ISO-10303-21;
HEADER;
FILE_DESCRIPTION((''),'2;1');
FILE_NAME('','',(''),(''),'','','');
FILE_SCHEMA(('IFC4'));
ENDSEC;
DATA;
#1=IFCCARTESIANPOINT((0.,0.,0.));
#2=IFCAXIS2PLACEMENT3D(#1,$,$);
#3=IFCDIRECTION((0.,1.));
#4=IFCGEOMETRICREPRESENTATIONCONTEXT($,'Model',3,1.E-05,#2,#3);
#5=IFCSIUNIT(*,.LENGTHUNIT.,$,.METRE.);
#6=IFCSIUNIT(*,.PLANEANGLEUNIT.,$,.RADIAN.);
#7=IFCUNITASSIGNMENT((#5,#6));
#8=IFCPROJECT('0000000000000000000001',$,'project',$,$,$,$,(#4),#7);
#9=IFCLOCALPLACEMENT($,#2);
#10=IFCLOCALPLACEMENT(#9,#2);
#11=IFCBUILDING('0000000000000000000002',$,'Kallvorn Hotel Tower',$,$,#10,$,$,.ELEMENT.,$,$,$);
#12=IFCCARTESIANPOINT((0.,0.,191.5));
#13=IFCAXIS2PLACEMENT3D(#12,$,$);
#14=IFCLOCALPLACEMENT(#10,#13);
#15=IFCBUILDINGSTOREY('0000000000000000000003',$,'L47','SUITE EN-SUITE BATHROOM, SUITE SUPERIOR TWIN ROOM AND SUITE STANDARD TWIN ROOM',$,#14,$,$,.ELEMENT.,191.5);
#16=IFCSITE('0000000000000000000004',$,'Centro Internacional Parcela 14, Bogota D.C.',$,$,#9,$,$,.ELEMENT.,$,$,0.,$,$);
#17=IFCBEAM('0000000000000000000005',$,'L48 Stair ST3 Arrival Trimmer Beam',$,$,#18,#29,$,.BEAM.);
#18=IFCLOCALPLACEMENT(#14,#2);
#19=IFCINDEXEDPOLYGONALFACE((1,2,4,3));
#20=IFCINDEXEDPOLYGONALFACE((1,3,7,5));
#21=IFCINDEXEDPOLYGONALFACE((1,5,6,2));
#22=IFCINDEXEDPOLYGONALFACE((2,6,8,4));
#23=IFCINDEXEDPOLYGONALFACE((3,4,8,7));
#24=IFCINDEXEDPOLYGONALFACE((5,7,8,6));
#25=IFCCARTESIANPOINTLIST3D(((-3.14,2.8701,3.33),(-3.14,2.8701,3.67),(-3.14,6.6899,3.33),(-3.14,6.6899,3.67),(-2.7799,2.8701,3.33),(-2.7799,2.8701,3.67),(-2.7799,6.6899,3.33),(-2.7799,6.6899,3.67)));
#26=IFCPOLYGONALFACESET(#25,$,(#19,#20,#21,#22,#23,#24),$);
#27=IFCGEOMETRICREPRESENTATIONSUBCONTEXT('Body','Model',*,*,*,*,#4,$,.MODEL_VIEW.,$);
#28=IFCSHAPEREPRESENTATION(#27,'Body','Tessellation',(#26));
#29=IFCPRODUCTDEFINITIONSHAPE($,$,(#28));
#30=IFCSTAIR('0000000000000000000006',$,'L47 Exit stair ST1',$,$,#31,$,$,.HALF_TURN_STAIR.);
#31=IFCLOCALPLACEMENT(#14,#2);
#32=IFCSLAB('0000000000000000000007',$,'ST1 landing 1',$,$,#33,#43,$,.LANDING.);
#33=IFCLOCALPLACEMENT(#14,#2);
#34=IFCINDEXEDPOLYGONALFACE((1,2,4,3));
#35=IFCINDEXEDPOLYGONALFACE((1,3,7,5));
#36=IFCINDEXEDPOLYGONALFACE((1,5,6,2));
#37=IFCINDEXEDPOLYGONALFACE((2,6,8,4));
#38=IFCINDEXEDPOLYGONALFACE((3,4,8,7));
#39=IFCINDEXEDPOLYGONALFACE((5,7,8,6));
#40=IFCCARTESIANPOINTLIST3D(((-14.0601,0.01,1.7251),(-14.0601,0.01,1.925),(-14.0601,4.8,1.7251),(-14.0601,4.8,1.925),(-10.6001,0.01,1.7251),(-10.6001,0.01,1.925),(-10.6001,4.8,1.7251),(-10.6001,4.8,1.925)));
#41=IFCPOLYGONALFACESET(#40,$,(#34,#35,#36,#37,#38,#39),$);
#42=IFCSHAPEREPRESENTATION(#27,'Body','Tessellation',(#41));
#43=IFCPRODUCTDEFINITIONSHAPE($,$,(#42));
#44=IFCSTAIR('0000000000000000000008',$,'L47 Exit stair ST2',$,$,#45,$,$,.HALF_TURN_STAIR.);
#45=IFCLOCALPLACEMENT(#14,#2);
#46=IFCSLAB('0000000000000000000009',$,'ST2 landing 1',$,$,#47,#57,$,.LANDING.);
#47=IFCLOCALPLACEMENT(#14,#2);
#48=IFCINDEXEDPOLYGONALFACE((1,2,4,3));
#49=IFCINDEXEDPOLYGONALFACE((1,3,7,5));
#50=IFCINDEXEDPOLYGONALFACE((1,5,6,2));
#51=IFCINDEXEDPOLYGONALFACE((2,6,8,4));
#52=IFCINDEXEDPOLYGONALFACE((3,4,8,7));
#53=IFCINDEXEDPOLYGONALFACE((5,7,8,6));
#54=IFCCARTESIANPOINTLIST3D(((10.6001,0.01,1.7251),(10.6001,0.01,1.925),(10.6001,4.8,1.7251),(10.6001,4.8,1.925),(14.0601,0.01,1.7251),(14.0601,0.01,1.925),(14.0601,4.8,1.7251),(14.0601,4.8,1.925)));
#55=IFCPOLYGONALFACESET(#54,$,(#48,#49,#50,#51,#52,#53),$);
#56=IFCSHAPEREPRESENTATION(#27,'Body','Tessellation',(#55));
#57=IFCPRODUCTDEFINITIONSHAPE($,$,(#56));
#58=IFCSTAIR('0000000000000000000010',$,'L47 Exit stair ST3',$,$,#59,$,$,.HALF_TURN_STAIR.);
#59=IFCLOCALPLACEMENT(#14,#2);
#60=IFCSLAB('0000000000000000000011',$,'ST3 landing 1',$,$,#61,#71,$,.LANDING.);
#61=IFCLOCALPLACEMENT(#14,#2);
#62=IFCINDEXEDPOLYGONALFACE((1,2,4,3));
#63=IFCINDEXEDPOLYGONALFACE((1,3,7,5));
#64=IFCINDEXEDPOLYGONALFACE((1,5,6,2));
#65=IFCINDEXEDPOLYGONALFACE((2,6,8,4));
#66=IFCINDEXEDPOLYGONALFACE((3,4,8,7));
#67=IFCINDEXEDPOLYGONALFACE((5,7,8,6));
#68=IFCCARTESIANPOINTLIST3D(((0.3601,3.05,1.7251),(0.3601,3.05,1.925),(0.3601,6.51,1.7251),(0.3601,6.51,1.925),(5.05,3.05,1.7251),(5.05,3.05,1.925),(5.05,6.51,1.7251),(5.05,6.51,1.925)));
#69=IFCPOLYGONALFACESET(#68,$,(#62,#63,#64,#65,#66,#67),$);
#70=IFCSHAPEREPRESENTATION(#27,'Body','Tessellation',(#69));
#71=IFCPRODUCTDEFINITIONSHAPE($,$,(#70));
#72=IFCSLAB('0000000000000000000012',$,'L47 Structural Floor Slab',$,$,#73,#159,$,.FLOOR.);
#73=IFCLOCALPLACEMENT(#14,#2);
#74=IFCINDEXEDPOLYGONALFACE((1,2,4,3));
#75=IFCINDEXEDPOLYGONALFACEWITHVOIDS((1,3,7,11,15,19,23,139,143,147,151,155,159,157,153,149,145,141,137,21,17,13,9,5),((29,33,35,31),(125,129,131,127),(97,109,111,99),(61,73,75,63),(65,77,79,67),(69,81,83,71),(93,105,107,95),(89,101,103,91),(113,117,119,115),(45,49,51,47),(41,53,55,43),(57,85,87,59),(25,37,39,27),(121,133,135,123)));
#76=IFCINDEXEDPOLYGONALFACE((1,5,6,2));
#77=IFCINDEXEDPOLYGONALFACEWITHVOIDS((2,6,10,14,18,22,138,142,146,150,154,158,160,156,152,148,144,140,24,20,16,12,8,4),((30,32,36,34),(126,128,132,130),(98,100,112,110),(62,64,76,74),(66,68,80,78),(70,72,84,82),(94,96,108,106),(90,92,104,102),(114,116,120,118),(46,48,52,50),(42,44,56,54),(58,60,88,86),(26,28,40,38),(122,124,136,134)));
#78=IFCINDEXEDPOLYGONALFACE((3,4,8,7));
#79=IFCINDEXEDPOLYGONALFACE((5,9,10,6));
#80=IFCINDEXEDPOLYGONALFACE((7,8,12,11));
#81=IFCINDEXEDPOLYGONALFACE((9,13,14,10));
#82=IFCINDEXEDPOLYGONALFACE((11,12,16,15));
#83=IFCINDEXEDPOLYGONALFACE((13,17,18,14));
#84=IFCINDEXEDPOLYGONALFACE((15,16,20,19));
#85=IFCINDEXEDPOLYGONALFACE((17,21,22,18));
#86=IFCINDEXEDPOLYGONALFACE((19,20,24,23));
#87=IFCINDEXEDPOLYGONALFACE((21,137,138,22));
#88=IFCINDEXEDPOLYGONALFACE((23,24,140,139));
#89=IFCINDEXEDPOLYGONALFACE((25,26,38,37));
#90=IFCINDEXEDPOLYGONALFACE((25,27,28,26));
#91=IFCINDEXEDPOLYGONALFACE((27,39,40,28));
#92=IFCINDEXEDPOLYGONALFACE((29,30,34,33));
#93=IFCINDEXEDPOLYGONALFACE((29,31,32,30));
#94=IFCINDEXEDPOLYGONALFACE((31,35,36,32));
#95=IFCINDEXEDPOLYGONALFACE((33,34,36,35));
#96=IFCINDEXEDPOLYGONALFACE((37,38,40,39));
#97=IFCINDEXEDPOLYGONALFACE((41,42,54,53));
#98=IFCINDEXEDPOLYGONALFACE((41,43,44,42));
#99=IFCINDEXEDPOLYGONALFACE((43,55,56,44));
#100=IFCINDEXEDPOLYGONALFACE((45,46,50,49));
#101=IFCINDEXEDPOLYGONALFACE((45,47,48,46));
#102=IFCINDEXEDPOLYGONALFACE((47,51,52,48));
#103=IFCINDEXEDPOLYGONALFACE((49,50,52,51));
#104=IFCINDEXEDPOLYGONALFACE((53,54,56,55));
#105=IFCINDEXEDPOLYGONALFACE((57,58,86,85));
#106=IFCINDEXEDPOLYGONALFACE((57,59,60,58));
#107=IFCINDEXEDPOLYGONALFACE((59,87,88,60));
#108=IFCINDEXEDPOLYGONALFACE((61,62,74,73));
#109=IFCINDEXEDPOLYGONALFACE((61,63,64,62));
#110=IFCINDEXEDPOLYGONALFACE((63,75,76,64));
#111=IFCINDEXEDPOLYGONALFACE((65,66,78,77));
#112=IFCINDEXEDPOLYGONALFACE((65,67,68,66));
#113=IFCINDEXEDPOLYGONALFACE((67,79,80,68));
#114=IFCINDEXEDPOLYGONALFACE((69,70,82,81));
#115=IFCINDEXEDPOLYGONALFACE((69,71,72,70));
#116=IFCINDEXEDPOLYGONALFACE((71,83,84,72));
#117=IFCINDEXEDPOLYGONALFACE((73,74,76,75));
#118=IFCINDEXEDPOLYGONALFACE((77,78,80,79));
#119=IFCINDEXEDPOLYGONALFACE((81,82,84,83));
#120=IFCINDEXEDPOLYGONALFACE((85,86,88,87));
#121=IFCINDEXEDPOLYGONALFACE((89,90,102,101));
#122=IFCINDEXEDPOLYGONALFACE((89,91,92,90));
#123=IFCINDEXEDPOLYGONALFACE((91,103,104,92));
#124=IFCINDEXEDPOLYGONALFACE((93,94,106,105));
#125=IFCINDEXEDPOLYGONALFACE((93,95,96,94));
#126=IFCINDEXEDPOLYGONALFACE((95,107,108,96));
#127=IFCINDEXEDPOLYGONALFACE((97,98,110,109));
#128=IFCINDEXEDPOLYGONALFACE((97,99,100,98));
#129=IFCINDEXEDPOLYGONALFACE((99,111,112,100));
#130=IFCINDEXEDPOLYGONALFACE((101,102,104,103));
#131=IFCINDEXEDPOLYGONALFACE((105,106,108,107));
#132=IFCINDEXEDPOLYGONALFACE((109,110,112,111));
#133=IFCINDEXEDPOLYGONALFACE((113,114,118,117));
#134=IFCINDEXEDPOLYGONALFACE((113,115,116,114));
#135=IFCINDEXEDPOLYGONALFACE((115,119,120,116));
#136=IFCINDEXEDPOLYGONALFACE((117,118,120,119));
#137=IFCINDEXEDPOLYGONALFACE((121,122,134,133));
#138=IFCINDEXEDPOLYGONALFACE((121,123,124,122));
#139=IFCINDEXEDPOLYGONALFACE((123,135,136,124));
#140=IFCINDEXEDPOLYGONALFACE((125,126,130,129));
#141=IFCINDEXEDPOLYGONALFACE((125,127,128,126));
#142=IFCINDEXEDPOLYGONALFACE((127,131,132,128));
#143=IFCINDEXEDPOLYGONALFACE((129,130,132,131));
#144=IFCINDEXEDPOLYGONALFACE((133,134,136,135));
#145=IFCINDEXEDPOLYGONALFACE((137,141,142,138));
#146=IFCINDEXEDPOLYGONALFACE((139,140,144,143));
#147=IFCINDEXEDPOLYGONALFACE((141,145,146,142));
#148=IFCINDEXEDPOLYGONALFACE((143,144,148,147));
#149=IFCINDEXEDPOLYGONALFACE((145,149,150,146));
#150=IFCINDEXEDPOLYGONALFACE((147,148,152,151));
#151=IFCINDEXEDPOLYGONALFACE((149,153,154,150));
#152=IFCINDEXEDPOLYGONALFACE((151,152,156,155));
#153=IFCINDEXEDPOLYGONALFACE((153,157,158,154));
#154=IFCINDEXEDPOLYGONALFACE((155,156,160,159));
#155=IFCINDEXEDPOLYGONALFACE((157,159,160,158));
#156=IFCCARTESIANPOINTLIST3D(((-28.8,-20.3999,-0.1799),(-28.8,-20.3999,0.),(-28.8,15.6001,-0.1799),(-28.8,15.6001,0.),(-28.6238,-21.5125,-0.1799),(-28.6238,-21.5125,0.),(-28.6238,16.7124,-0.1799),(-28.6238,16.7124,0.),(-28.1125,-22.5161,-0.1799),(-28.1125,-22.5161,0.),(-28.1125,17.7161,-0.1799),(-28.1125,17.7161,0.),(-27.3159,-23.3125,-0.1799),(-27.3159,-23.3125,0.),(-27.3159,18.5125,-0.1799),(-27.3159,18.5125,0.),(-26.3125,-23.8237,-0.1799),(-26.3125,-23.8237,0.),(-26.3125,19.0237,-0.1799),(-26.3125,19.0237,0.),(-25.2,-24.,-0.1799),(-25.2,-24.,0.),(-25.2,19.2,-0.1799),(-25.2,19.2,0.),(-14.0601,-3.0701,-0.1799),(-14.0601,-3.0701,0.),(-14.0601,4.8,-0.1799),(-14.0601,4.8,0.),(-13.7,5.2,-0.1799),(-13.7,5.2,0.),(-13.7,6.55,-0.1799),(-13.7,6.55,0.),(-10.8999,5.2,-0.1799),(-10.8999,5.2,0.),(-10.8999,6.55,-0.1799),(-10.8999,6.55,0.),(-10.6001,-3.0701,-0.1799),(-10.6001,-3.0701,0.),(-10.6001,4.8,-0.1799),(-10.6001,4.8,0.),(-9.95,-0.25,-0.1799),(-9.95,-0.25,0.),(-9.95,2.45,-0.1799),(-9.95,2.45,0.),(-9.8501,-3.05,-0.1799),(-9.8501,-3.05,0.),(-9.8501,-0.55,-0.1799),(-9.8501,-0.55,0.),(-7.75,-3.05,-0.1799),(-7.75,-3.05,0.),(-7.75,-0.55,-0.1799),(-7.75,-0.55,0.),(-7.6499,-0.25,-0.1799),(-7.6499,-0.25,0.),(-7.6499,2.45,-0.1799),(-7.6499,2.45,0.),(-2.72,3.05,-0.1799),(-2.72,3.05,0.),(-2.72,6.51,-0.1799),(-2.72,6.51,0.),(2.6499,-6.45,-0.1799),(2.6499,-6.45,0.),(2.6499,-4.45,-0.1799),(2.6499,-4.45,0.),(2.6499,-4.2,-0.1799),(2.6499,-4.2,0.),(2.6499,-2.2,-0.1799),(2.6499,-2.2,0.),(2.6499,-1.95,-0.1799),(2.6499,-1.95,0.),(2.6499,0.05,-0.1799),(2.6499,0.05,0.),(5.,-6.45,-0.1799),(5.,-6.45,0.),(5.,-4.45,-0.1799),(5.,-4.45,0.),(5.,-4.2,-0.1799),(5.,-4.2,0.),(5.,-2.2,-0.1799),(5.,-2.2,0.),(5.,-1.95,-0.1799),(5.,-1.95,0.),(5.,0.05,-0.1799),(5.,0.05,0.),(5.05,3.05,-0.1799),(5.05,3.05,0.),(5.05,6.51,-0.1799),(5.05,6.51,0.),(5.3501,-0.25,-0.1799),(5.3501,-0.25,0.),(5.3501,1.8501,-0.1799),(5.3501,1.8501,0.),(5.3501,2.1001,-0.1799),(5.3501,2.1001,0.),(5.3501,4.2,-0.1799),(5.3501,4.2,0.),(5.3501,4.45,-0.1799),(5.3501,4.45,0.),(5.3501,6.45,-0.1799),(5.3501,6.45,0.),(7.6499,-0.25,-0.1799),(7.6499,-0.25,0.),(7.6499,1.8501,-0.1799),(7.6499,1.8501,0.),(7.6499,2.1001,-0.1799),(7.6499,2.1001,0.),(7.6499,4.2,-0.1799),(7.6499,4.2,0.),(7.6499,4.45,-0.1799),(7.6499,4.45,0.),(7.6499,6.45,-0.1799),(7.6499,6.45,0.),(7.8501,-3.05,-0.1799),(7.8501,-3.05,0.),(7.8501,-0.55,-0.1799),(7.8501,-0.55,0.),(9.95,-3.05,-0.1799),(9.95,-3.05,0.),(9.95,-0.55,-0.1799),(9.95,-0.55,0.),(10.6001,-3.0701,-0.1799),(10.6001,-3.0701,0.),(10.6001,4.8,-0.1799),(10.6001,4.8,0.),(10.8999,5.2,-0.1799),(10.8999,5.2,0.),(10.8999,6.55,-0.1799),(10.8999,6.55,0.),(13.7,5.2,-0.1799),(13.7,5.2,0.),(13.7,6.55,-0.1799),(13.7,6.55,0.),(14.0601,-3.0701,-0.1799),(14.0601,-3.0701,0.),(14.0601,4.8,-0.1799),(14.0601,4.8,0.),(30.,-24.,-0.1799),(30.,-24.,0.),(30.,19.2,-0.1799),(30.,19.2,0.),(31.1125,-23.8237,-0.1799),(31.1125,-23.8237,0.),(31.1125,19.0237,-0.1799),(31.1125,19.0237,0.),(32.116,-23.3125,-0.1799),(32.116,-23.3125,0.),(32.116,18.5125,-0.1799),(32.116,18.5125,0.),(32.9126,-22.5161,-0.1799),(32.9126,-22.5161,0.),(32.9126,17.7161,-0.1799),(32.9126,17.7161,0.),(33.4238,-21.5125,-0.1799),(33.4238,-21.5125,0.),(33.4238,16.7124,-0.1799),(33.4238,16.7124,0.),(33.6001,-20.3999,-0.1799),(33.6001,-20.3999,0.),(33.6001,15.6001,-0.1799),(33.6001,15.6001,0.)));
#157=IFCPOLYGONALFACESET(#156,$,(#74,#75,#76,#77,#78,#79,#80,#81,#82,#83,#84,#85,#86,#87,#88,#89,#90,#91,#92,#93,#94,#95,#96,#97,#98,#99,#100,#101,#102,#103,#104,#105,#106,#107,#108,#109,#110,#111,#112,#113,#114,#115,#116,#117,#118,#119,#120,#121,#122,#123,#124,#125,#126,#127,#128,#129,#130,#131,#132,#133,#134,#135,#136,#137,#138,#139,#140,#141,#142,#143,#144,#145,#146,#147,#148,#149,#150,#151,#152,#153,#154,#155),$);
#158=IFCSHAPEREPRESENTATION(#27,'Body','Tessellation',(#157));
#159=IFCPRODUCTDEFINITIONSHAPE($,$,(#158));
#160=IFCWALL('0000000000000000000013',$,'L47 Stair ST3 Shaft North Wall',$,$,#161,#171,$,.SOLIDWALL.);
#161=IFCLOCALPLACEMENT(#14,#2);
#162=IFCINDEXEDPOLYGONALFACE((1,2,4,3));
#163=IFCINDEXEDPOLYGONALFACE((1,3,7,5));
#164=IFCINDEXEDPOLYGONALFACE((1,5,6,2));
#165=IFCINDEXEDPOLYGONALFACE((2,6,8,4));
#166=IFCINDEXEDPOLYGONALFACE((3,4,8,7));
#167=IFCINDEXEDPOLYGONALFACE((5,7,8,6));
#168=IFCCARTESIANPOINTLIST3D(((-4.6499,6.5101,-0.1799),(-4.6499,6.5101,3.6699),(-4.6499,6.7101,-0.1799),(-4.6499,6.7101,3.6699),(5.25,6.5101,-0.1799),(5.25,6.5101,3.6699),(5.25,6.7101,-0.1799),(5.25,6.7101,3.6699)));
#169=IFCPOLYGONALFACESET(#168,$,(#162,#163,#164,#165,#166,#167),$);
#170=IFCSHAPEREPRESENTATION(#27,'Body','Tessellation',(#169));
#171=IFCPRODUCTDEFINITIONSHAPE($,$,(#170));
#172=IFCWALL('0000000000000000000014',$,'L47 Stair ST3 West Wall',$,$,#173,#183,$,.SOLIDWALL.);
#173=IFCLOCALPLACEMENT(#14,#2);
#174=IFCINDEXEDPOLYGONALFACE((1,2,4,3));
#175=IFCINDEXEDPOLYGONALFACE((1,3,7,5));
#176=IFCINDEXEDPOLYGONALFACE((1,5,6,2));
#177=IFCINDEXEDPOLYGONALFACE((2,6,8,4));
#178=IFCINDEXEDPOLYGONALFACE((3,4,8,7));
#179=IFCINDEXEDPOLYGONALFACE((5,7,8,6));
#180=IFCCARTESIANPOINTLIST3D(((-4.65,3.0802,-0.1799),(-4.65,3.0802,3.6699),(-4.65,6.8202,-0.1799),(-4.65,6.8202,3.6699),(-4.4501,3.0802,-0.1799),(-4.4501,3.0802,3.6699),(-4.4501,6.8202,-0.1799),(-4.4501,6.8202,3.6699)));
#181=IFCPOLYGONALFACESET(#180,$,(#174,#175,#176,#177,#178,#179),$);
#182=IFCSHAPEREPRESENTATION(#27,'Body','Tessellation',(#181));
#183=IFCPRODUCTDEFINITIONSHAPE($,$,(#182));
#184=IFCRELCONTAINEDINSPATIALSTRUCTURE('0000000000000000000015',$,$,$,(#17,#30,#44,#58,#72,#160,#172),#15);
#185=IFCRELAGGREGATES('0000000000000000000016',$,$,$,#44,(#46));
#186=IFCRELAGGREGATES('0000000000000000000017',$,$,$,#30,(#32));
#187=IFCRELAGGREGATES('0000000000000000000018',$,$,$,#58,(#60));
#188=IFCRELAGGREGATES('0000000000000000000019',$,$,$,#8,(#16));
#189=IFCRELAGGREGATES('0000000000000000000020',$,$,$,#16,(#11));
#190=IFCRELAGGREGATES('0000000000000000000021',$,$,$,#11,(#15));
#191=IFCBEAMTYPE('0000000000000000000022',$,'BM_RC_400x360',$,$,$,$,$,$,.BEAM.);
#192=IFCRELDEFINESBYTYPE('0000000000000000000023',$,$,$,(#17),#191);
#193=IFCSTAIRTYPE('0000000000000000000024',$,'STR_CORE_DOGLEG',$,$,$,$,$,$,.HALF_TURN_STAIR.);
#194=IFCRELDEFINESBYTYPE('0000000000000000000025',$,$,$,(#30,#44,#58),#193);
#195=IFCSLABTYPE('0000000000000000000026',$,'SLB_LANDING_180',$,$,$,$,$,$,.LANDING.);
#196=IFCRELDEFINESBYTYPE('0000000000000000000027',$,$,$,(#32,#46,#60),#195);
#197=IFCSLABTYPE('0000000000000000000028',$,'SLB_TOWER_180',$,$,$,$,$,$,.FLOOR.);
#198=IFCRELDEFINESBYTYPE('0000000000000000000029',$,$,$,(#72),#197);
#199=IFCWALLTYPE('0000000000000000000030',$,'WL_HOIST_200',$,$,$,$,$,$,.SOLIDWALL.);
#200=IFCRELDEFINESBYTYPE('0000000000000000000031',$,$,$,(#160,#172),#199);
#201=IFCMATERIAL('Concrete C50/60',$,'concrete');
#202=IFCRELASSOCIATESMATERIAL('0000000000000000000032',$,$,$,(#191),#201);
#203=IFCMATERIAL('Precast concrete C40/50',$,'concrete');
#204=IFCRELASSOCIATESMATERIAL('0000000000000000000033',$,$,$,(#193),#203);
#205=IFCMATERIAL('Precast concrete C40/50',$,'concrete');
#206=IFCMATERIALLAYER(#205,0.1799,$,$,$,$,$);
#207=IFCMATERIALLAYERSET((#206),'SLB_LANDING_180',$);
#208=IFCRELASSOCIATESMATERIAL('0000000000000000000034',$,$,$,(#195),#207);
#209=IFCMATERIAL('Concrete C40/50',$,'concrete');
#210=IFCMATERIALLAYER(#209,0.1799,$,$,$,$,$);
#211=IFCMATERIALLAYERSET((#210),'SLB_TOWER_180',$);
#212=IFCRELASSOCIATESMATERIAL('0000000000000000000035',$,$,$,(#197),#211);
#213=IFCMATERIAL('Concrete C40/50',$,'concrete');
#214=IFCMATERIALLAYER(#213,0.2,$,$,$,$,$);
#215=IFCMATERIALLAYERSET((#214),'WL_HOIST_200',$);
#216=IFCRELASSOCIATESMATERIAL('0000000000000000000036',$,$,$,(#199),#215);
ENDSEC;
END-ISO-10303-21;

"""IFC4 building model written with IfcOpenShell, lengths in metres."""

from ifc_helpers import new_model, si_unit, direction, frame, frame_2d, origin, origin_2d, place, context, subcontext, project, spatial, polyline, rectangle, outline, extrude, material, layer, layer_set, material_profile, profile_set, type_object, element, aggregate, save


model = new_model("IFC4")

# Units and contexts
model_context = context("Model", 3, precision=1e-05, world=origin(), true_north=direction((0.0, 1.0)))
body_context = subcontext(model_context, "Body", "Model", "MODEL_VIEW")
ifc_project = project(units=[si_unit("LENGTHUNIT", "METRE"), si_unit("PLANEANGLEUNIT", "RADIAN")], contexts=[model_context])

# Site, building, storey
site_placement = place(None, origin())
site = spatial("IfcSite", under=ifc_project, at=site_placement, Name="Centro Internacional Parcela 14, Bogota D.C.", CompositionType="ELEMENT", RefElevation=0.0)
building_placement = place(site_placement, origin())
building = spatial("IfcBuilding", under=site, at=building_placement, Name="Kallvorn Hotel Tower", CompositionType="ELEMENT")
storey_placement = place(building_placement, frame((0.0, 0.0, 191.5)))
storey = spatial("IfcBuildingStorey", under=building, at=storey_placement, Name="L47", Description="SUITE EN-SUITE BATHROOM, SUITE SUPERIOR TWIN ROOM AND SUITE STANDARD TWIN ROOM", CompositionType="ELEMENT", Elevation=191.5)

# Beam
ifc_material_1 = material(Name="Concrete C50/60", Category="concrete")
ifc_material_profile = material_profile(ifc_material_1, rectangle(XDim=0.3601, YDim=0.3401, at=origin_2d()), Name="RC 360x340")
ifc_profile_set = profile_set([ifc_material_profile], Name="Concrete C50/60")
beam_type = type_object("IfcBeamType", Name="BM_RC_400x360", PredefinedType="BEAM", material=ifc_profile_set)
beam_placement = place(storey_placement, frame((-2.96, 2.8701, 3.5), z_axis=(0.0, 1.0, 0.0), x_axis=(-1.0, 0.0, 0.0)))
element("IfcBeam", 1, at=beam_placement, inside=storey, type_object=beam_type, Name="L48 Stair ST3 Arrival Trimmer Beam", PredefinedType="BEAM", context=body_context, shape_type="SweptSolid", body=[
    extrude(rectangle(XDim=0.3601, YDim=0.3401, at=origin_2d()), origin(), (0.0, 0.0, 1.0), 3.8198),
])

# Stairs, slabs
ifc_material_2 = material(Name="Precast concrete C40/50", Category="concrete")
stair_type = type_object("IfcStairType", Name="STR_CORE_DOGLEG", PredefinedType="HALF_TURN_STAIR", material=ifc_material_2)
stair_1_placement = place(storey_placement, origin())
stair_1 = element("IfcStair", 2, at=stair_1_placement, inside=storey, type_object=stair_type, Name="L47 Exit stair ST1", PredefinedType="HALF_TURN_STAIR")
ifc_material_3 = material(Name="Precast concrete C40/50", Category="concrete")
ifc_layer_1 = layer(ifc_material_3, 0.1799)
ifc_layer_set_1 = layer_set([ifc_layer_1], Name="SLB_LANDING_180")
slab_type_1 = type_object("IfcSlabType", Name="SLB_LANDING_180", PredefinedType="LANDING", material=ifc_layer_set_1)
slab_1_placement = place(storey_placement, frame((0.0, 0.0, 1.7251)))
slab_1 = element("IfcSlab", 3, at=slab_1_placement, type_object=slab_type_1, Name="ST1 landing 1", PredefinedType="LANDING", context=body_context, shape_type="SweptSolid", body=[
    extrude(outline(polyline([(-10.6001, 0.01), (-10.6001, 4.8), (-14.0601, 4.8), (-14.0601, 0.01), (-10.6001, 0.01)])), origin(), (0.0, 0.0, 1.0), 0.2),
])
stair_2_placement = place(storey_placement, origin())
stair_2 = element("IfcStair", 4, at=stair_2_placement, inside=storey, type_object=stair_type, Name="L47 Exit stair ST2", PredefinedType="HALF_TURN_STAIR")
slab_2_placement = place(storey_placement, frame((0.0, 0.0, 1.7251)))
slab_2 = element("IfcSlab", 5, at=slab_2_placement, type_object=slab_type_1, Name="ST2 landing 1", PredefinedType="LANDING", context=body_context, shape_type="SweptSolid", body=[
    extrude(outline(polyline([(14.0601, 0.01), (14.0601, 4.8), (10.6001, 4.8), (10.6001, 0.01), (14.0601, 0.01)])), origin(), (0.0, 0.0, 1.0), 0.2),
])
aggregate(stair_2, [slab_2])
stair_3_placement = place(storey_placement, origin())
stair_3 = element("IfcStair", 6, at=stair_3_placement, inside=storey, type_object=stair_type, Name="L47 Exit stair ST3", PredefinedType="HALF_TURN_STAIR")
slab_3_placement = place(storey_placement, frame((0.0, 0.0, 1.7251)))
slab_3 = element("IfcSlab", 7, at=slab_3_placement, type_object=slab_type_1, Name="ST3 landing 1", PredefinedType="LANDING", context=body_context, shape_type="SweptSolid", body=[
    extrude(outline(polyline([(0.3601, 3.05), (5.05, 3.05), (5.05, 6.51), (0.3601, 6.51), (0.3601, 3.05)])), origin(), (0.0, 0.0, 1.0), 0.2),
])

# Slab
ifc_material_4 = material(Name="Concrete C40/50", Category="concrete")
ifc_layer_2 = layer(ifc_material_4, 0.1799)
ifc_layer_set_2 = layer_set([ifc_layer_2], Name="SLB_TOWER_180")
slab_type_2 = type_object("IfcSlabType", Name="SLB_TOWER_180", PredefinedType="FLOOR", material=ifc_layer_set_2)
slab_4_placement = place(storey_placement, frame((0.0, 0.0, -0.1799)))
element("IfcSlab", 8, at=slab_4_placement, inside=storey, type_object=slab_type_2, Name="L47 Structural Floor Slab", PredefinedType="FLOOR", context=body_context, shape_type="SweptSolid", body=[
    extrude(outline(polyline([(30.0, -24.0), (31.1125, -23.8237), (32.116, -23.3125), (32.9126, -22.5161), (33.4238, -21.5125), (33.6001, -20.3999), (33.6001, 15.6001), (33.4238, 16.7124), (32.9126, 17.7161), (32.116, 18.5125), (31.1125, 19.0237), (30.0, 19.2), (-25.2, 19.2), (-26.3125, 19.0237), (-27.3159, 18.5125), (-28.1125, 17.7161), (-28.6238, 16.7124), (-28.8, 15.6001), (-28.8, -20.3999), (-28.6238, -21.5125), (-28.1125, -22.5161), (-27.3159, -23.3125), (-26.3125, -23.8237), (-25.2, -24.0), (30.0, -24.0)]), holes=[polyline([(-10.6001, -3.0701), (-10.6001, 4.8), (-14.0601, 4.8), (-14.0601, -3.0701), (-10.6001, -3.0701)]), polyline([(14.0601, -3.0701), (14.0601, 4.8), (10.6001, 4.8), (10.6001, -3.0701), (14.0601, -3.0701)]), polyline([(-2.72, 3.05), (5.05, 3.05), (5.05, 6.51), (-2.72, 6.51), (-2.72, 3.05)]), polyline([(2.6499, -6.45), (5.0, -6.45), (5.0, -4.45), (2.6499, -4.45), (2.6499, -6.45)]), polyline([(2.6499, -4.2), (5.0, -4.2), (5.0, -2.2), (2.6499, -2.2), (2.6499, -4.2)]), polyline([(2.6499, -1.95), (5.0, -1.95), (5.0, 0.05), (2.6499, 0.05), (2.6499, -1.95)]), polyline([(5.3501, -0.25), (7.6499, -0.25), (7.6499, 1.8501), (5.3501, 1.8501), (5.3501, -0.25)]), polyline([(5.3501, 2.1001), (7.6499, 2.1001), (7.6499, 4.2), (5.3501, 4.2), (5.3501, 2.1001)]), polyline([(5.3501, 4.45), (7.6499, 4.45), (7.6499, 6.45), (5.3501, 6.45), (5.3501, 4.45)]), polyline([(-9.8501, -3.05), (-7.75, -3.05), (-7.75, -0.55), (-9.8501, -0.55), (-9.8501, -3.05)]), polyline([(7.8501, -3.05), (9.95, -3.05), (9.95, -0.55), (7.8501, -0.55), (7.8501, -3.05)]), polyline([(-9.95, -0.25), (-7.6499, -0.25), (-7.6499, 2.45), (-9.95, 2.45), (-9.95, -0.25)]), polyline([(-13.7, 5.2), (-10.8999, 5.2), (-10.8999, 6.55), (-13.7, 6.55), (-13.7, 5.2)]), polyline([(10.8999, 5.2), (13.7, 5.2), (13.7, 6.55), (10.8999, 6.55), (10.8999, 5.2)])]), origin(), (0.0, 0.0, 1.0), 0.1799),
])

# Walls
ifc_material_5 = material(Name="Concrete C40/50", Category="concrete")
ifc_layer_3 = layer(ifc_material_5, 0.2)
ifc_layer_set_3 = layer_set([ifc_layer_3], Name="WL_HOIST_200")
wall_type_1 = type_object("IfcWallType", Name="WL_HOIST_200", PredefinedType="SOLIDWALL", material=ifc_layer_set_3)
wall_1_placement = place(storey_placement, frame((-4.6499, 6.6101, -0.1799), z_axis=(0.0, 0.0, 1.0), x_axis=(1.0, 0.0, 0.0)))
element("IfcWall", 9, at=wall_1_placement, inside=storey, type_object=wall_type_1, Name="L47 Stair ST3 Shaft North Wall", PredefinedType="SOLIDWALL", context=body_context, shape_type="SweptSolid", body=[
    extrude(rectangle(XDim=9.8999, YDim=0.2, at=frame_2d((4.95, 0.0))), origin(), (0.0, 0.0, 1.0), 3.8499),
])
wall_2_placement = place(storey_placement, frame((-4.55, 3.0801, -0.1799), z_axis=(0.0, 0.0, 1.0), x_axis=(0.0, 1.0, 0.0)))
element("IfcWall", 10, at=wall_2_placement, inside=storey, type_object=wall_type_1, Name="L47 Stair ST3 West Wall", PredefinedType="SOLIDWALL", context=body_context, shape_type="SweptSolid", body=[
    extrude(rectangle(XDim=3.74, YDim=0.2, at=frame_2d((1.8701, 0.0))), origin(), (0.0, 0.0, 1.0), 3.8499),
])

aggregate(stair_1, [slab_1])
aggregate(stair_3, [slab_3])

save(model, "model.ifc")
